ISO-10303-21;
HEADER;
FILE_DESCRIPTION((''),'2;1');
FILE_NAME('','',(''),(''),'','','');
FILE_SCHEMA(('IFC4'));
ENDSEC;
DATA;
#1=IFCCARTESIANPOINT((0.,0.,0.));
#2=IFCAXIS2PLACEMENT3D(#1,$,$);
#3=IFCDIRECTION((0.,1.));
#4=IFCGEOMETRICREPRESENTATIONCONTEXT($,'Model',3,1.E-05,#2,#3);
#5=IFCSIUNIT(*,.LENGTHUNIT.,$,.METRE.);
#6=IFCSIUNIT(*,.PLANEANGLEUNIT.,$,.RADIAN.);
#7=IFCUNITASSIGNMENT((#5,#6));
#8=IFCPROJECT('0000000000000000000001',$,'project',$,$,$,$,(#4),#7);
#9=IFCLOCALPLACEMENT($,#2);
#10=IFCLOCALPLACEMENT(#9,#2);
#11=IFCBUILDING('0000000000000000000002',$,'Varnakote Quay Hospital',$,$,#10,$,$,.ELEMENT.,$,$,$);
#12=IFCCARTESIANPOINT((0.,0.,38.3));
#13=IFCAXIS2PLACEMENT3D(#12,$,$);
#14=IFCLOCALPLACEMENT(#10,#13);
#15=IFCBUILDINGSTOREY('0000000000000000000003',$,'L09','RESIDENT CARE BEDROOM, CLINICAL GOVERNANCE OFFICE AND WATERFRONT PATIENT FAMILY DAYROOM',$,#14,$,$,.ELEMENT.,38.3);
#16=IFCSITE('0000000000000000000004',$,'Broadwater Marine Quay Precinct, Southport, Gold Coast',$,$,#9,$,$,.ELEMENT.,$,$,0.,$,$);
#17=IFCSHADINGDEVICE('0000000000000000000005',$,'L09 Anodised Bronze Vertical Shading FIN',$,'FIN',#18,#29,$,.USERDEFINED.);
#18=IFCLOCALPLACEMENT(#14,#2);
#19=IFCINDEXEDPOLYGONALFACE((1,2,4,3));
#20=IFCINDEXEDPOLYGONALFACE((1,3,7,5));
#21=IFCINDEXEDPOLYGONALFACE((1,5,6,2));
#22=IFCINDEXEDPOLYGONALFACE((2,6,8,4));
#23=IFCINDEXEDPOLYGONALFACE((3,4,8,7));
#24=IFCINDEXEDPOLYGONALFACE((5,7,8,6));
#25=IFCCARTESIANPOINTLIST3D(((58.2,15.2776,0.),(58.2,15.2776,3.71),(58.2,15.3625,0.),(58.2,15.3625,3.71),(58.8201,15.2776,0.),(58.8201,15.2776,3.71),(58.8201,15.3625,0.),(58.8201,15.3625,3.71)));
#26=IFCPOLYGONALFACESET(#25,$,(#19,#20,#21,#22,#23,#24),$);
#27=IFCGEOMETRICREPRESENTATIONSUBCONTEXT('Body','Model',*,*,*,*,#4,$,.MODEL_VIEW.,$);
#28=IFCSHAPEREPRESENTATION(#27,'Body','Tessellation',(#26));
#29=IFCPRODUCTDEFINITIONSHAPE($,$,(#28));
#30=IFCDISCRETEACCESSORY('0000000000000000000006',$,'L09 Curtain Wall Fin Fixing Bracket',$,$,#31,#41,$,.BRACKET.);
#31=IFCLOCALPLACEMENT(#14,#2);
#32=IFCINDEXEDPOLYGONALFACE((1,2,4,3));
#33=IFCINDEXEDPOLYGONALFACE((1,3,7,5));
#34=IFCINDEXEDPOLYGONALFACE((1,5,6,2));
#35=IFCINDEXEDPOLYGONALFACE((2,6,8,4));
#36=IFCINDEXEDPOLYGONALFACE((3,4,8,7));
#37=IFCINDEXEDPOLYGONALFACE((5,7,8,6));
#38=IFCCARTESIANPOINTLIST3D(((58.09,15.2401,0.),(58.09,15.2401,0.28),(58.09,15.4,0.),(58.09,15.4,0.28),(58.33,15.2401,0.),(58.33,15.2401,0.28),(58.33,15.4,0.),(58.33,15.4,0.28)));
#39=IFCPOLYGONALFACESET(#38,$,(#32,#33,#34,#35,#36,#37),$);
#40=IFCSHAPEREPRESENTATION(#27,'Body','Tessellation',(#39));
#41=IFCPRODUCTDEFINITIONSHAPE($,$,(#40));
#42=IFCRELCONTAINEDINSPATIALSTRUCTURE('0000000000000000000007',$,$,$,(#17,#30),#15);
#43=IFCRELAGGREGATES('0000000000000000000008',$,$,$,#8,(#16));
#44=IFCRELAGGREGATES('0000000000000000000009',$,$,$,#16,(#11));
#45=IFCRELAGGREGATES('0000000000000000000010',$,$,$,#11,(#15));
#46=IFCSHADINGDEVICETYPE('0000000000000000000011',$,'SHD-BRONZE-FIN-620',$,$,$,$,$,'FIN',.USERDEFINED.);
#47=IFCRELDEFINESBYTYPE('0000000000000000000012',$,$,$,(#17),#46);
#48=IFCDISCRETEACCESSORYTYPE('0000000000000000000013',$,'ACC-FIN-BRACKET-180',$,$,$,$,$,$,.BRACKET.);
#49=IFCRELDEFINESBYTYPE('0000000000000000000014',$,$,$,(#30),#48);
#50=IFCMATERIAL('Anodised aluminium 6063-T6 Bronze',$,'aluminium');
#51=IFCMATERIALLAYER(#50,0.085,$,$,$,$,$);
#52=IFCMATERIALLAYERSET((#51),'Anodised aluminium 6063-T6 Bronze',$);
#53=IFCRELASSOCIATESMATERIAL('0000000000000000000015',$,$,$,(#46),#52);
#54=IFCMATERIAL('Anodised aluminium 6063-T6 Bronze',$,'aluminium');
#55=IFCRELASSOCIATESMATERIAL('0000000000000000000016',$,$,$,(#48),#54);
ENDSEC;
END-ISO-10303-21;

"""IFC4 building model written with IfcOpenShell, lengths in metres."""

from ifc_helpers import new_model, si_unit, direction, frame, origin, origin_2d, place, context, subcontext, project, spatial, rectangle, extrude, material, layer, layer_set, type_object, element, save


model = new_model("IFC4")

# Units and contexts
model_context = context("Model", 3, precision=1e-05, world=origin(), true_north=direction((0.0, 1.0)))
body_context = subcontext(model_context, "Body", "Model", "MODEL_VIEW")
ifc_project = project(units=[si_unit("LENGTHUNIT", "METRE"), si_unit("PLANEANGLEUNIT", "RADIAN")], contexts=[model_context])

# Site, building, storey
site_placement = place(None, origin())
site = spatial("IfcSite", under=ifc_project, at=site_placement, Name="Broadwater Marine Quay Precinct, Southport, Gold Coast", CompositionType="ELEMENT", RefElevation=0.0)
building_placement = place(site_placement, origin())
building = spatial("IfcBuilding", under=site, at=building_placement, Name="Varnakote Quay Hospital", CompositionType="ELEMENT")
storey_placement = place(building_placement, frame((0.0, 0.0, 38.3)))
storey = spatial("IfcBuildingStorey", under=building, at=storey_placement, Name="L09", Description="RESIDENT CARE BEDROOM, CLINICAL GOVERNANCE OFFICE AND WATERFRONT PATIENT FAMILY DAYROOM", CompositionType="ELEMENT", Elevation=38.3)

# Shading device
ifc_material_1 = material(Name="Anodised aluminium 6063-T6 Bronze", Category="aluminium")
ifc_layer_1 = layer(ifc_material_1, 0.085)
ifc_layer_set_1 = layer_set([ifc_layer_1], Name="Anodised aluminium 6063-T6 Bronze")
shading_device_type = type_object("IfcShadingDeviceType", Name="SHD-BRONZE-FIN-620", ElementType="FIN", PredefinedType="USERDEFINED", material=ifc_layer_set_1)
shading_device_placement = place(storey_placement, frame((58.51, 15.3201, 0.0), z_axis=(0.0, 0.0, 1.0), x_axis=(-1.0, 0.0, 0.0)))
element("IfcShadingDevice", 1, at=shading_device_placement, inside=storey, type_object=shading_device_type, Name="L09 Anodised Bronze Vertical Shading FIN", ObjectType="FIN", PredefinedType="USERDEFINED", context=body_context, shape_type="SweptSolid", body=[
    extrude(rectangle(XDim=0.6201, YDim=0.085, at=origin_2d()), origin(), (0.0, 0.0, 1.0), 3.71),
])

# Discrete accessory
ifc_material_2 = material(Name="Anodised aluminium 6063-T6 Bronze", Category="aluminium")
discrete_accessory_type = type_object("IfcDiscreteAccessoryType", Name="ACC-FIN-BRACKET-180", PredefinedType="BRACKET", material=ifc_material_2)
discrete_accessory_placement = place(storey_placement, frame((58.21, 15.3201, 0.0), z_axis=(0.0, 0.0, 1.0), x_axis=(0.0, 1.0, 0.0)))
element("IfcDiscreteAccessory", 2, at=discrete_accessory_placement, inside=storey, type_object=discrete_accessory_type, Name="L09 Curtain Wall Fin Fixing Bracket", PredefinedType="BRACKET", context=body_context, shape_type="SweptSolid", body=[
    extrude(rectangle(XDim=0.1599, YDim=0.24, at=origin_2d()), origin(), (0.0, 0.0, 1.0), 0.28),
])

save(model, "model.ifc")
